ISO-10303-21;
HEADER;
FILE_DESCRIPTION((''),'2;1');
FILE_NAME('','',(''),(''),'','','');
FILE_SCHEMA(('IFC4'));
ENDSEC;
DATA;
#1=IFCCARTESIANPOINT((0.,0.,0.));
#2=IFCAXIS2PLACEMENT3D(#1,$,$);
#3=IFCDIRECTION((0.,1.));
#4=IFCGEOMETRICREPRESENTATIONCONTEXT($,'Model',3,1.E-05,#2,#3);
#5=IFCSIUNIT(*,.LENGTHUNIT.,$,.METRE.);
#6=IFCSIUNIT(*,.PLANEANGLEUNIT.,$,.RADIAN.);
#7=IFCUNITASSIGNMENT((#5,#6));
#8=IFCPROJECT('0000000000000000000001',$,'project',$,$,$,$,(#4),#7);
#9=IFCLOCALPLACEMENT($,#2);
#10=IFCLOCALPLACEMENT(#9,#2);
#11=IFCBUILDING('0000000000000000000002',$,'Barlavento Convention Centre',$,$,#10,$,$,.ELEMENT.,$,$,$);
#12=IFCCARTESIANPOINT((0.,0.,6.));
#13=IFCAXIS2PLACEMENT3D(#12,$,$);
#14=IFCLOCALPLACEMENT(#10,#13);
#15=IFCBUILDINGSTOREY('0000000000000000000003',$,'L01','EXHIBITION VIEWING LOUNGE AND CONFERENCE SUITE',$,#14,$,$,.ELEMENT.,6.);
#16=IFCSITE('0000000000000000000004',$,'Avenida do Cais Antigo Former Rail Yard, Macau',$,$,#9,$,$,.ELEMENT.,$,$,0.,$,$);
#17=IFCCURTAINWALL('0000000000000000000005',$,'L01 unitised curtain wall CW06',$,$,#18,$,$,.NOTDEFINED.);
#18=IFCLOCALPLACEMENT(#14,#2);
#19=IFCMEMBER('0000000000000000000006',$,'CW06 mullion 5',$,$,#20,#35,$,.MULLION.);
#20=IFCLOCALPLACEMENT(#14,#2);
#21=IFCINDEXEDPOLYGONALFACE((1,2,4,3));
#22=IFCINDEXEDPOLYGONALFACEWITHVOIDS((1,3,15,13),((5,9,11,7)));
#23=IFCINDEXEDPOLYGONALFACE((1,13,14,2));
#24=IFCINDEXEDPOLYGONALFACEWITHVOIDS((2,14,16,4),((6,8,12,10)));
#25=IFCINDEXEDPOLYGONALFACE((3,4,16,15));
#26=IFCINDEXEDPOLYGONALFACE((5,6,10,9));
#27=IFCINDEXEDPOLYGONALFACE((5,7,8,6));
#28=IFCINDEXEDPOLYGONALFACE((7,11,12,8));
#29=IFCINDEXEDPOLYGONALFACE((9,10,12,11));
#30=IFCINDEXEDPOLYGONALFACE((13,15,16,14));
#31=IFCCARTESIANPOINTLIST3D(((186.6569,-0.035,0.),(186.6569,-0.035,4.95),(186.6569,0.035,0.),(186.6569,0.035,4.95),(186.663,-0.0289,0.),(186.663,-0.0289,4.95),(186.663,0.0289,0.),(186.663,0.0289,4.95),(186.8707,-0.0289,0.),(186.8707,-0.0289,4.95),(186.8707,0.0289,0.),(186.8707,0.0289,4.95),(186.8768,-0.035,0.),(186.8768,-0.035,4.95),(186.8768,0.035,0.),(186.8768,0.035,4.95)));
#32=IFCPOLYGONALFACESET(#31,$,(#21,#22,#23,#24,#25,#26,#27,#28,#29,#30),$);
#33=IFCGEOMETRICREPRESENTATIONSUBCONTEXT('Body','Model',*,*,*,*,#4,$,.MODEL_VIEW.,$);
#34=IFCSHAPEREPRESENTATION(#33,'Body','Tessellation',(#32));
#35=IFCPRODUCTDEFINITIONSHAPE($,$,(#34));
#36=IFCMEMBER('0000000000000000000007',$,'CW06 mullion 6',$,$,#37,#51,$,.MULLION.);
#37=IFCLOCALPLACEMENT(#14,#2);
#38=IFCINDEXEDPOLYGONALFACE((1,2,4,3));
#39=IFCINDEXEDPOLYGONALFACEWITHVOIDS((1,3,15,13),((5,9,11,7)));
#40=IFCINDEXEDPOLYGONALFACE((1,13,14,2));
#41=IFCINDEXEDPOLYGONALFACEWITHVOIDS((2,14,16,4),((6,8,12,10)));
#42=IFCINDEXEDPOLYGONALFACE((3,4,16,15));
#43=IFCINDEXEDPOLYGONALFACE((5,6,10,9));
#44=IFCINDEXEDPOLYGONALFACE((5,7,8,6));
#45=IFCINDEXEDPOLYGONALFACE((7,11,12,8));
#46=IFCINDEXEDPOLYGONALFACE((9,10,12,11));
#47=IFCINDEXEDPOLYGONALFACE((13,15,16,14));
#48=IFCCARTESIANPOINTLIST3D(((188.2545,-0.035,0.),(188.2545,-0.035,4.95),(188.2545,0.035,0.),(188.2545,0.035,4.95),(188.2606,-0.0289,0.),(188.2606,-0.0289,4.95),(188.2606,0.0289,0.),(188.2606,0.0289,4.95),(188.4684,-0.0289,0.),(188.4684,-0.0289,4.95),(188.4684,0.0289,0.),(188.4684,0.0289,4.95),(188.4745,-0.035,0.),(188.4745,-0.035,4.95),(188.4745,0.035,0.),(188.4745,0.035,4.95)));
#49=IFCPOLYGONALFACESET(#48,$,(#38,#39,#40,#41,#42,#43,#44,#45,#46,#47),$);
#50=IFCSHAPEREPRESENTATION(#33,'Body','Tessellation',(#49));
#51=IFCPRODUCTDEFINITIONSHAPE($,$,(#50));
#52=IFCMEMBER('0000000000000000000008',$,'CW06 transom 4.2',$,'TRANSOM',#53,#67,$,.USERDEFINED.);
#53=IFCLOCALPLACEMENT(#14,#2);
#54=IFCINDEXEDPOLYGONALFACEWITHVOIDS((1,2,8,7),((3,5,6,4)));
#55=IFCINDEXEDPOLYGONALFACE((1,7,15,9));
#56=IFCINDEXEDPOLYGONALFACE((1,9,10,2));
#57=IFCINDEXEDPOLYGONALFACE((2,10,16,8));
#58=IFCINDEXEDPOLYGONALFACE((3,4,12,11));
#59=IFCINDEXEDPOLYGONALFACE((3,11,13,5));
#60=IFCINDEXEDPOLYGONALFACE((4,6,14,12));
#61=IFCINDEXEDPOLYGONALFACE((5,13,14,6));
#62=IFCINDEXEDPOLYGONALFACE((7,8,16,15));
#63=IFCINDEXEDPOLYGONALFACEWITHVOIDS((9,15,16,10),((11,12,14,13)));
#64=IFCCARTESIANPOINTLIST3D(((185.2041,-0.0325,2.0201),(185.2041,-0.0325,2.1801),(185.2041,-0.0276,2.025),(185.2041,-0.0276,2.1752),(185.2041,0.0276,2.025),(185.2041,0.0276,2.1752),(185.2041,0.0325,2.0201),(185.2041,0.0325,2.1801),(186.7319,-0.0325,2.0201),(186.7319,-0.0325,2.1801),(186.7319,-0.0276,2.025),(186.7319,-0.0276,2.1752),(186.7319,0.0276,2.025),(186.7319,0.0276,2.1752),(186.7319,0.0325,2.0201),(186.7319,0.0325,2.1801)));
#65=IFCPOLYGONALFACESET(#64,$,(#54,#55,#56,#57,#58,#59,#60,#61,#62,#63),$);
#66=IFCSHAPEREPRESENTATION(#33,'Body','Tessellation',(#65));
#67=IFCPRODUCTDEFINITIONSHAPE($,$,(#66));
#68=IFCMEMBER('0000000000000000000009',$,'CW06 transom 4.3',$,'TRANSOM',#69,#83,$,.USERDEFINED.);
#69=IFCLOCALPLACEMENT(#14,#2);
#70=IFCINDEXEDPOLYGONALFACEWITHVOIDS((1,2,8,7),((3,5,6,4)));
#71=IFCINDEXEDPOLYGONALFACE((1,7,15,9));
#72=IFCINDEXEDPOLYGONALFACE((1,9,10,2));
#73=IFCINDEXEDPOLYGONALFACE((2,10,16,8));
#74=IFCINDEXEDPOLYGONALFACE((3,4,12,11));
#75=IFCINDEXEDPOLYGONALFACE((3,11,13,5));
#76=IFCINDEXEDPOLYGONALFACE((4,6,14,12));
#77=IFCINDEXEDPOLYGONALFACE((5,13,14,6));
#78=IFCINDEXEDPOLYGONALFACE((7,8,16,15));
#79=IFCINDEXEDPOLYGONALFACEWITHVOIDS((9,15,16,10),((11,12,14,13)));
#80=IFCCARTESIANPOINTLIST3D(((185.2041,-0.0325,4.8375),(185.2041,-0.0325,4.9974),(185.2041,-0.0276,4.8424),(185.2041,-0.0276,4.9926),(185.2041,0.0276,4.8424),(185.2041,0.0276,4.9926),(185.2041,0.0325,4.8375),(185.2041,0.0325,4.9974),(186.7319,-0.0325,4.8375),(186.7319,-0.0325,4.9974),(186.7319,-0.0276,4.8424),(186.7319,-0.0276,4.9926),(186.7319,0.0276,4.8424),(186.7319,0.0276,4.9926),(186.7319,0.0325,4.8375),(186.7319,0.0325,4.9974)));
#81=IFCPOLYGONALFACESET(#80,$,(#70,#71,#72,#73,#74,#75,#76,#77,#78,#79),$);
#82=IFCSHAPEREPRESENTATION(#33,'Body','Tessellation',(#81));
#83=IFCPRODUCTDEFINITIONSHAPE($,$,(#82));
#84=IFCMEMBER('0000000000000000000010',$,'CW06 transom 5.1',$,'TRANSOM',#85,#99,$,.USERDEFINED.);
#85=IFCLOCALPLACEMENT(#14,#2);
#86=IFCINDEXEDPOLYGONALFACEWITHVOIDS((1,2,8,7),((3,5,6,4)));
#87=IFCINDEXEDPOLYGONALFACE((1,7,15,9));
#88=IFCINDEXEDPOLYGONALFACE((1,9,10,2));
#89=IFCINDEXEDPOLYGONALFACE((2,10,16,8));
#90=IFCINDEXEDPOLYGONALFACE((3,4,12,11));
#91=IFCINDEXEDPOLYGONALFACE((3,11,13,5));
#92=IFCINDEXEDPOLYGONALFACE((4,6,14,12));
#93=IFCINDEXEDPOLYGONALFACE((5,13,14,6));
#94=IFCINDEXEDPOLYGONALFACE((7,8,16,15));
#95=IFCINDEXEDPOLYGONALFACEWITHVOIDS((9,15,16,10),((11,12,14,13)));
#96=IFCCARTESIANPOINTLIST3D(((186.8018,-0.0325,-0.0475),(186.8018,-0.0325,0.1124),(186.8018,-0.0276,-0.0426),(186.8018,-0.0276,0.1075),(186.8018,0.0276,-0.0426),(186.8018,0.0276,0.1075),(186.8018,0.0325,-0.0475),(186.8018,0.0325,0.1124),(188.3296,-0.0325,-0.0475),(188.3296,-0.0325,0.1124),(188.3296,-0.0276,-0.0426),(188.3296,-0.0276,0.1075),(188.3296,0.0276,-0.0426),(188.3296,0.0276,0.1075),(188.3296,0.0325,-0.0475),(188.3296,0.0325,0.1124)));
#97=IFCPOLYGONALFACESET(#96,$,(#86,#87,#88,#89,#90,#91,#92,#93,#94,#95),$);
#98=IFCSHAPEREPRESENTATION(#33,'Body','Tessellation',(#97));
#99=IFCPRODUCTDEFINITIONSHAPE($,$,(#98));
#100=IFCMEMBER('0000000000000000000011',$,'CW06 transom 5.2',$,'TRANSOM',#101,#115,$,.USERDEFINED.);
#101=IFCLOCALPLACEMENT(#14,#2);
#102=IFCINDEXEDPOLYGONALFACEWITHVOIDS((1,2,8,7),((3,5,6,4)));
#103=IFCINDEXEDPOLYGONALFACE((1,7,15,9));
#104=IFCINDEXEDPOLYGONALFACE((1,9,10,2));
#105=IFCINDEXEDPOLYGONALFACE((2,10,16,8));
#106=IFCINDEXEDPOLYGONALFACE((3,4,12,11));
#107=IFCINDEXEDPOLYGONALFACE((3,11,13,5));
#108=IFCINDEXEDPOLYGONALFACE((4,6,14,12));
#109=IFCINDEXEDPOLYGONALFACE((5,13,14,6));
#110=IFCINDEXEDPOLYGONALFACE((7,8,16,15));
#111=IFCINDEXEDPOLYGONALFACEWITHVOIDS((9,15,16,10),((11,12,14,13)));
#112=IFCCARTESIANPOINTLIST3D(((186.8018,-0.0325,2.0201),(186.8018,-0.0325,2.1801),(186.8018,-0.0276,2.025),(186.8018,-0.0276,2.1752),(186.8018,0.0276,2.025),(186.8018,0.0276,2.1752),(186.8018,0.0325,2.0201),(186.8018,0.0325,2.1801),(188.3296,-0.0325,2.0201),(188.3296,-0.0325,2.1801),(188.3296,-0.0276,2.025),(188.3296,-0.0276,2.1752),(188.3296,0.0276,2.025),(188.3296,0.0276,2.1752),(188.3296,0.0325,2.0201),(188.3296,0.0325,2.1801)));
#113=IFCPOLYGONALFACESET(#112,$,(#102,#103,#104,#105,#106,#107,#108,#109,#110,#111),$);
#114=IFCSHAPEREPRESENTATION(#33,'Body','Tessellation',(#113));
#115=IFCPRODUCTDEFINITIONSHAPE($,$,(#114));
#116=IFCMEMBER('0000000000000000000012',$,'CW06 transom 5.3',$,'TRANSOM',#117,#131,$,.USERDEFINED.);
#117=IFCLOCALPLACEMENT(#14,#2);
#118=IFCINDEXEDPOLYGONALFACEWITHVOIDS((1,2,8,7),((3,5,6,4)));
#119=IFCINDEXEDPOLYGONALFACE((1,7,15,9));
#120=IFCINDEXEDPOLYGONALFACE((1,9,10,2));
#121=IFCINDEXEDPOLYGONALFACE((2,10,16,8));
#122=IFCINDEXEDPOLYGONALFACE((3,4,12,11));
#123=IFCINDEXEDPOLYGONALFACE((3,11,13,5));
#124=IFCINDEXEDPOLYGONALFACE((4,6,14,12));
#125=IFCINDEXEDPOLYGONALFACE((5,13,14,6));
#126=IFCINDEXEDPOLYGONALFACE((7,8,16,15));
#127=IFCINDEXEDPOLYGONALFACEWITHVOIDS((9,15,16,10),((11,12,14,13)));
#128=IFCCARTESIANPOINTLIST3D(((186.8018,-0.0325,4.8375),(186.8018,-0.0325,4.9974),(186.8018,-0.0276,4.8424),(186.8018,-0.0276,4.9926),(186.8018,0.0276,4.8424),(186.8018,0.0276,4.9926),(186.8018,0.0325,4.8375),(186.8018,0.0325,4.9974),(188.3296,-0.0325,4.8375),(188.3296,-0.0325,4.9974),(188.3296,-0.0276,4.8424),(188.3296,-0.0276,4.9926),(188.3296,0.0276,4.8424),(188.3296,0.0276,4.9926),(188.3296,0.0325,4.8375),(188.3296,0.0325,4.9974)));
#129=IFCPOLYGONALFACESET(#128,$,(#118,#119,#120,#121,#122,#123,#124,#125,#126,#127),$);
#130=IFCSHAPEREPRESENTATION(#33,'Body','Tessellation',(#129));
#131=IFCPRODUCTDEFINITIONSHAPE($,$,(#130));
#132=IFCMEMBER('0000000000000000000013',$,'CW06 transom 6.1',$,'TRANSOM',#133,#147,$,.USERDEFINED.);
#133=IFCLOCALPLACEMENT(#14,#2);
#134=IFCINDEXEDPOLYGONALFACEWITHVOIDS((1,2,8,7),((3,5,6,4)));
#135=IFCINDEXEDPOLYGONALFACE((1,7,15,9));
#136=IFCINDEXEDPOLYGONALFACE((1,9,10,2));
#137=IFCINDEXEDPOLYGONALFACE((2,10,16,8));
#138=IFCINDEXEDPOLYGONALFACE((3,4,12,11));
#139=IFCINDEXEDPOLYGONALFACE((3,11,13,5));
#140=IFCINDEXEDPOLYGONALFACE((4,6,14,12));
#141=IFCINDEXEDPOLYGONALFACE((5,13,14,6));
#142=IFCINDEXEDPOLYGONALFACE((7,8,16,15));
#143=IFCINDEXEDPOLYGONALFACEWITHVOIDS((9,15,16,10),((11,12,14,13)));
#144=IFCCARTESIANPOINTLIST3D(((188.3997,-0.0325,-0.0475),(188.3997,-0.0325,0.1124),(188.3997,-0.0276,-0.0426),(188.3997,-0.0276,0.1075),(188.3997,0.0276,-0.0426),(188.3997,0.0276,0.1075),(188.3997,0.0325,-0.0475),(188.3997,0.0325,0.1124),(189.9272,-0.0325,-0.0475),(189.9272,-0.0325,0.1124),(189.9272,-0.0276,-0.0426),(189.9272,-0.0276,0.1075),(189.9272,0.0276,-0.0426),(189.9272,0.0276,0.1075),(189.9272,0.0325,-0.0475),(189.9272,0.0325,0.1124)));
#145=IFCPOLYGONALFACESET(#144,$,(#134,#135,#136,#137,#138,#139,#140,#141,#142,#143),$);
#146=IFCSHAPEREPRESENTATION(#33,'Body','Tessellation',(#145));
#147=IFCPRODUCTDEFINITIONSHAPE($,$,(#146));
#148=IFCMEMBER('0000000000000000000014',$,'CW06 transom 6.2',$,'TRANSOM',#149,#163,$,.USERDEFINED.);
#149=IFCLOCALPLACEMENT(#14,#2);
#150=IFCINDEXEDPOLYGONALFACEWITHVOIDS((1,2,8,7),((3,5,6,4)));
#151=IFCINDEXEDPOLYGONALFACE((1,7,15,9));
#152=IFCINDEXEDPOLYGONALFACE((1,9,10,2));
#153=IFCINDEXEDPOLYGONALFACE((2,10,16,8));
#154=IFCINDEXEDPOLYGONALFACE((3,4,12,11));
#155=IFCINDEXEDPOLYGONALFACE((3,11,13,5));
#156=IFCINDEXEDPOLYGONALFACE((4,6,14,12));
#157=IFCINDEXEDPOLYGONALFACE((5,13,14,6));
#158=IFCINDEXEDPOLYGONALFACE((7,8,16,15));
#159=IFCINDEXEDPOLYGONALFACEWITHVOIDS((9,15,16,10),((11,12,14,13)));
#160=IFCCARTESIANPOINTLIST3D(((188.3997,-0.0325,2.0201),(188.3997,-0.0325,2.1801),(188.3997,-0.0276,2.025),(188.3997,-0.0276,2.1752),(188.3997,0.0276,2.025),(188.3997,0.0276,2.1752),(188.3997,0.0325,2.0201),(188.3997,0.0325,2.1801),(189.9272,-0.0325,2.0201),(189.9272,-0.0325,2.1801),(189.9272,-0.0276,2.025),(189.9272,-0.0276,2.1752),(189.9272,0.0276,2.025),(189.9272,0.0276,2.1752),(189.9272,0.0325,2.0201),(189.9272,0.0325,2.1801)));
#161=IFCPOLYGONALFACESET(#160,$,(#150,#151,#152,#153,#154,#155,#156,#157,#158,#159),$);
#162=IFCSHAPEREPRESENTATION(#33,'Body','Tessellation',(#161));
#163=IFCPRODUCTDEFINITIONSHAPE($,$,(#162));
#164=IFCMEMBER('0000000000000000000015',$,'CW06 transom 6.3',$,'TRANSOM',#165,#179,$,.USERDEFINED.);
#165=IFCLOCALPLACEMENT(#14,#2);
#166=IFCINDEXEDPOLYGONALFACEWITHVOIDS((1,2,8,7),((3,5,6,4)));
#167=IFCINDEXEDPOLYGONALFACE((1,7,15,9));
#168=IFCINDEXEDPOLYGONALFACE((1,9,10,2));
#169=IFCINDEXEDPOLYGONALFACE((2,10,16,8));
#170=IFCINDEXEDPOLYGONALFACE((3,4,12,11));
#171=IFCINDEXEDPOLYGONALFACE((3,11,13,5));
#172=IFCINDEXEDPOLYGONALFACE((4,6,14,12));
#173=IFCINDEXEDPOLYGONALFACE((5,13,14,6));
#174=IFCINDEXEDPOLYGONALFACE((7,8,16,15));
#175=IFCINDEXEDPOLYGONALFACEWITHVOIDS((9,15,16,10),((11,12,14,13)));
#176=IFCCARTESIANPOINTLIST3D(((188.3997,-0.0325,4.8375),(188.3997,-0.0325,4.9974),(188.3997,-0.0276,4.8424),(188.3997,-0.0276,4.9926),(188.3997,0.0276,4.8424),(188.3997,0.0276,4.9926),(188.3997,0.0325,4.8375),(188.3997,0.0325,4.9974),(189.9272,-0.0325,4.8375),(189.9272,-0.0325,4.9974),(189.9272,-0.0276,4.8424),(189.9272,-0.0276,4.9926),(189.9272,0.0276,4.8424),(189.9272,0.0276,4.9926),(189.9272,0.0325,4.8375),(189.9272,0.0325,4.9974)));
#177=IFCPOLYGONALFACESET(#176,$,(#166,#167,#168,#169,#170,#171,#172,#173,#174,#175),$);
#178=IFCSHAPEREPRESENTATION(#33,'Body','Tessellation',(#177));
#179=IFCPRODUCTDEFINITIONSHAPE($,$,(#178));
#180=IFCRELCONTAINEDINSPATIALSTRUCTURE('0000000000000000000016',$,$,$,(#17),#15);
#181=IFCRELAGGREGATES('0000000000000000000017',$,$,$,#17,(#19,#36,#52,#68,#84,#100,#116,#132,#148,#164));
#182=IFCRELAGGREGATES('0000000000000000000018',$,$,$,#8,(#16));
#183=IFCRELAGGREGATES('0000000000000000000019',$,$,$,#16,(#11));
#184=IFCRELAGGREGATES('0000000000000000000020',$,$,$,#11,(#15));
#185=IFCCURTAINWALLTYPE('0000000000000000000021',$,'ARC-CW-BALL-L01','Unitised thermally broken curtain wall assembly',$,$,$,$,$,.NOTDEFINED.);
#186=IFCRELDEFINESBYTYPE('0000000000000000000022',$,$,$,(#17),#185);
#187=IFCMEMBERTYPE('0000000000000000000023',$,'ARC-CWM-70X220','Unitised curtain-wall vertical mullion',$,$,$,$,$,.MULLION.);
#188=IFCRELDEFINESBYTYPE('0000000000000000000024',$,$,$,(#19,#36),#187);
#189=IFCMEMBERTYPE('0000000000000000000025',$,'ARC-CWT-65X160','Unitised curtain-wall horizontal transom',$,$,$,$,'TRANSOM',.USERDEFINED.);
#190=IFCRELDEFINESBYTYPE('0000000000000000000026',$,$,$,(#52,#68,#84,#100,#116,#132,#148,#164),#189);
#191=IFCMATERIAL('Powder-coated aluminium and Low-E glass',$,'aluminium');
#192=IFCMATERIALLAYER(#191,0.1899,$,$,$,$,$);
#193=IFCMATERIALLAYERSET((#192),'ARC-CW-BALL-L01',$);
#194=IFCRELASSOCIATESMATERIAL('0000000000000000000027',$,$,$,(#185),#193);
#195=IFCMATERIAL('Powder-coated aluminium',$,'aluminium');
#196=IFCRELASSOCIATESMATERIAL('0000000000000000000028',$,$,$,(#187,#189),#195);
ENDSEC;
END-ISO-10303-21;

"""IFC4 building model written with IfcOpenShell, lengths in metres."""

from ifc_helpers import new_model, si_unit, direction, frame, origin, origin_2d, place, context, subcontext, project, spatial, hollow_rectangle, extrude, material, layer, layer_set, material_profile, profile_set, type_object, element, aggregate, save


model = new_model("IFC4")

# Units and contexts
model_context = context("Model", 3, precision=1e-05, world=origin(), true_north=direction((0.0, 1.0)))
body_context = subcontext(model_context, "Body", "Model", "MODEL_VIEW")
ifc_project = project(units=[si_unit("LENGTHUNIT", "METRE"), si_unit("PLANEANGLEUNIT", "RADIAN")], contexts=[model_context])

# Site, building, storey
site_placement = place(None, origin())
site = spatial("IfcSite", under=ifc_project, at=site_placement, Name="Avenida do Cais Antigo Former Rail Yard, Macau", CompositionType="ELEMENT", RefElevation=0.0)
building_placement = place(site_placement, origin())
building = spatial("IfcBuilding", under=site, at=building_placement, Name="Barlavento Convention Centre", CompositionType="ELEMENT")
storey_placement = place(building_placement, frame((0.0, 0.0, 6.0)))
storey = spatial("IfcBuildingStorey", under=building, at=storey_placement, Name="L01", Description="EXHIBITION VIEWING LOUNGE AND CONFERENCE SUITE", CompositionType="ELEMENT", Elevation=6.0)

# Curtain wall, members
ifc_material_1 = material(Name="Powder-coated aluminium and Low-E glass", Category="aluminium")
ifc_layer_1 = layer(ifc_material_1, 0.1899)
ifc_layer_set_1 = layer_set([ifc_layer_1], Name="ARC-CW-BALL-L01")
curtain_wall_type = type_object("IfcCurtainWallType", Name="ARC-CW-BALL-L01", Description="Unitised thermally broken curtain wall assembly", PredefinedType="NOTDEFINED", material=ifc_layer_set_1)
curtain_wall_placement = place(storey_placement, origin())
curtain_wall = element("IfcCurtainWall", 1, at=curtain_wall_placement, inside=storey, type_object=curtain_wall_type, Name="L01 unitised curtain wall CW06", PredefinedType="NOTDEFINED")
ifc_material_2 = material(Name="Powder-coated aluminium", Category="aluminium")
ifc_material_profile_1 = material_profile(ifc_material_2, hollow_rectangle(XDim=0.0701, YDim=0.22, WallThickness=0.0061, at=origin_2d()), Name="AL-MULL 70x220x6")
ifc_profile_set_1 = profile_set([ifc_material_profile_1], Name="Powder-coated aluminium")
member_type_1 = type_object("IfcMemberType", Name="ARC-CWM-70X220", Description="Unitised curtain-wall vertical mullion", PredefinedType="MULLION", material=ifc_profile_set_1)
member_1_placement = place(storey_placement, frame((186.7668, 0.0, 0.0), z_axis=(0.0, 0.0, 1.0), x_axis=(0.0, 1.0, 0.0)))
member_1 = element("IfcMember", 2, at=member_1_placement, type_object=member_type_1, Name="CW06 mullion 5", PredefinedType="MULLION", context=body_context, shape_type="SweptSolid", body=[
    extrude(hollow_rectangle(XDim=0.0701, YDim=0.22, WallThickness=0.0061, at=origin_2d()), origin(), (0.0, 0.0, 1.0), 4.95),
])
member_2_placement = place(storey_placement, frame((188.3645, 0.0, 0.0), z_axis=(0.0, 0.0, 1.0), x_axis=(0.0, 1.0, 0.0)))
member_2 = element("IfcMember", 3, at=member_2_placement, type_object=member_type_1, Name="CW06 mullion 6", PredefinedType="MULLION", context=body_context, shape_type="SweptSolid", body=[
    extrude(hollow_rectangle(XDim=0.0701, YDim=0.22, WallThickness=0.0061, at=origin_2d()), origin(), (0.0, 0.0, 1.0), 4.95),
])
ifc_material_profile_2 = material_profile(ifc_material_2, hollow_rectangle(XDim=0.0649, YDim=0.1599, WallThickness=0.0049, at=origin_2d()), Name="AL-TRAN 65x160x5")
ifc_profile_set_2 = profile_set([ifc_material_profile_2], Name="Powder-coated aluminium")
member_type_2 = type_object("IfcMemberType", Name="ARC-CWT-65X160", Description="Unitised curtain-wall horizontal transom", ElementType="TRANSOM", PredefinedType="USERDEFINED", material=ifc_profile_set_2)
member_3_placement = place(storey_placement, frame((185.2041, 0.0, 2.1001), z_axis=(1.0, 0.0, 0.0), x_axis=(0.0, 1.0, 0.0)))
member_3 = element("IfcMember", 4, at=member_3_placement, type_object=member_type_2, Name="CW06 transom 4.2", ObjectType="TRANSOM", PredefinedType="USERDEFINED", context=body_context, shape_type="SweptSolid", body=[
    extrude(hollow_rectangle(XDim=0.0649, YDim=0.1599, WallThickness=0.0049, at=origin_2d()), origin(), (0.0, 0.0, 1.0), 1.5278),
])
member_4_placement = place(storey_placement, frame((185.2041, 0.0, 4.9175), z_axis=(1.0, 0.0, 0.0), x_axis=(0.0, 1.0, 0.0)))
member_4 = element("IfcMember", 5, at=member_4_placement, type_object=member_type_2, Name="CW06 transom 4.3", ObjectType="TRANSOM", PredefinedType="USERDEFINED", context=body_context, shape_type="SweptSolid", body=[
    extrude(hollow_rectangle(XDim=0.0649, YDim=0.1599, WallThickness=0.0049, at=origin_2d()), origin(), (0.0, 0.0, 1.0), 1.5278),
])
member_5_placement = place(storey_placement, frame((186.8018, 0.0, 0.0325), z_axis=(1.0, 0.0, 0.0), x_axis=(0.0, 1.0, 0.0)))
member_5 = element("IfcMember", 6, at=member_5_placement, type_object=member_type_2, Name="CW06 transom 5.1", ObjectType="TRANSOM", PredefinedType="USERDEFINED", context=body_context, shape_type="SweptSolid", body=[
    extrude(hollow_rectangle(XDim=0.0649, YDim=0.1599, WallThickness=0.0049, at=origin_2d()), origin(), (0.0, 0.0, 1.0), 1.5278),
])
member_6_placement = place(storey_placement, frame((186.8018, 0.0, 2.1001), z_axis=(1.0, 0.0, 0.0), x_axis=(0.0, 1.0, 0.0)))
member_6 = element("IfcMember", 7, at=member_6_placement, type_object=member_type_2, Name="CW06 transom 5.2", ObjectType="TRANSOM", PredefinedType="USERDEFINED", context=body_context, shape_type="SweptSolid", body=[
    extrude(hollow_rectangle(XDim=0.0649, YDim=0.1599, WallThickness=0.0049, at=origin_2d()), origin(), (0.0, 0.0, 1.0), 1.5278),
])
member_7_placement = place(storey_placement, frame((186.8018, 0.0, 4.9175), z_axis=(1.0, 0.0, 0.0), x_axis=(0.0, 1.0, 0.0)))
member_7 = element("IfcMember", 8, at=member_7_placement, type_object=member_type_2, Name="CW06 transom 5.3", ObjectType="TRANSOM", PredefinedType="USERDEFINED", context=body_context, shape_type="SweptSolid", body=[
    extrude(hollow_rectangle(XDim=0.0649, YDim=0.1599, WallThickness=0.0049, at=origin_2d()), origin(), (0.0, 0.0, 1.0), 1.5278),
])
member_8_placement = place(storey_placement, frame((188.3997, 0.0, 0.0325), z_axis=(1.0, 0.0, 0.0), x_axis=(0.0, 1.0, 0.0)))
member_8 = element("IfcMember", 9, at=member_8_placement, type_object=member_type_2, Name="CW06 transom 6.1", ObjectType="TRANSOM", PredefinedType="USERDEFINED", context=body_context, shape_type="SweptSolid", body=[
    extrude(hollow_rectangle(XDim=0.0649, YDim=0.1599, WallThickness=0.0049, at=origin_2d()), origin(), (0.0, 0.0, 1.0), 1.5276),
])
member_9_placement = place(storey_placement, frame((188.3997, 0.0, 2.1001), z_axis=(1.0, 0.0, 0.0), x_axis=(0.0, 1.0, 0.0)))
member_9 = element("IfcMember", 10, at=member_9_placement, type_object=member_type_2, Name="CW06 transom 6.2", ObjectType="TRANSOM", PredefinedType="USERDEFINED", context=body_context, shape_type="SweptSolid", body=[
    extrude(hollow_rectangle(XDim=0.0649, YDim=0.1599, WallThickness=0.0049, at=origin_2d()), origin(), (0.0, 0.0, 1.0), 1.5276),
])
member_10_placement = place(storey_placement, frame((188.3997, 0.0, 4.9175), z_axis=(1.0, 0.0, 0.0), x_axis=(0.0, 1.0, 0.0)))
member_10 = element("IfcMember", 11, at=member_10_placement, type_object=member_type_2, Name="CW06 transom 6.3", ObjectType="TRANSOM", PredefinedType="USERDEFINED", context=body_context, shape_type="SweptSolid", body=[
    extrude(hollow_rectangle(XDim=0.0649, YDim=0.1599, WallThickness=0.0049, at=origin_2d()), origin(), (0.0, 0.0, 1.0), 1.5276),
])

aggregate(curtain_wall, [member_1, member_2, member_3, member_4, member_5, member_6, member_7, member_8, member_9, member_10])

save(model, "model.ifc")
